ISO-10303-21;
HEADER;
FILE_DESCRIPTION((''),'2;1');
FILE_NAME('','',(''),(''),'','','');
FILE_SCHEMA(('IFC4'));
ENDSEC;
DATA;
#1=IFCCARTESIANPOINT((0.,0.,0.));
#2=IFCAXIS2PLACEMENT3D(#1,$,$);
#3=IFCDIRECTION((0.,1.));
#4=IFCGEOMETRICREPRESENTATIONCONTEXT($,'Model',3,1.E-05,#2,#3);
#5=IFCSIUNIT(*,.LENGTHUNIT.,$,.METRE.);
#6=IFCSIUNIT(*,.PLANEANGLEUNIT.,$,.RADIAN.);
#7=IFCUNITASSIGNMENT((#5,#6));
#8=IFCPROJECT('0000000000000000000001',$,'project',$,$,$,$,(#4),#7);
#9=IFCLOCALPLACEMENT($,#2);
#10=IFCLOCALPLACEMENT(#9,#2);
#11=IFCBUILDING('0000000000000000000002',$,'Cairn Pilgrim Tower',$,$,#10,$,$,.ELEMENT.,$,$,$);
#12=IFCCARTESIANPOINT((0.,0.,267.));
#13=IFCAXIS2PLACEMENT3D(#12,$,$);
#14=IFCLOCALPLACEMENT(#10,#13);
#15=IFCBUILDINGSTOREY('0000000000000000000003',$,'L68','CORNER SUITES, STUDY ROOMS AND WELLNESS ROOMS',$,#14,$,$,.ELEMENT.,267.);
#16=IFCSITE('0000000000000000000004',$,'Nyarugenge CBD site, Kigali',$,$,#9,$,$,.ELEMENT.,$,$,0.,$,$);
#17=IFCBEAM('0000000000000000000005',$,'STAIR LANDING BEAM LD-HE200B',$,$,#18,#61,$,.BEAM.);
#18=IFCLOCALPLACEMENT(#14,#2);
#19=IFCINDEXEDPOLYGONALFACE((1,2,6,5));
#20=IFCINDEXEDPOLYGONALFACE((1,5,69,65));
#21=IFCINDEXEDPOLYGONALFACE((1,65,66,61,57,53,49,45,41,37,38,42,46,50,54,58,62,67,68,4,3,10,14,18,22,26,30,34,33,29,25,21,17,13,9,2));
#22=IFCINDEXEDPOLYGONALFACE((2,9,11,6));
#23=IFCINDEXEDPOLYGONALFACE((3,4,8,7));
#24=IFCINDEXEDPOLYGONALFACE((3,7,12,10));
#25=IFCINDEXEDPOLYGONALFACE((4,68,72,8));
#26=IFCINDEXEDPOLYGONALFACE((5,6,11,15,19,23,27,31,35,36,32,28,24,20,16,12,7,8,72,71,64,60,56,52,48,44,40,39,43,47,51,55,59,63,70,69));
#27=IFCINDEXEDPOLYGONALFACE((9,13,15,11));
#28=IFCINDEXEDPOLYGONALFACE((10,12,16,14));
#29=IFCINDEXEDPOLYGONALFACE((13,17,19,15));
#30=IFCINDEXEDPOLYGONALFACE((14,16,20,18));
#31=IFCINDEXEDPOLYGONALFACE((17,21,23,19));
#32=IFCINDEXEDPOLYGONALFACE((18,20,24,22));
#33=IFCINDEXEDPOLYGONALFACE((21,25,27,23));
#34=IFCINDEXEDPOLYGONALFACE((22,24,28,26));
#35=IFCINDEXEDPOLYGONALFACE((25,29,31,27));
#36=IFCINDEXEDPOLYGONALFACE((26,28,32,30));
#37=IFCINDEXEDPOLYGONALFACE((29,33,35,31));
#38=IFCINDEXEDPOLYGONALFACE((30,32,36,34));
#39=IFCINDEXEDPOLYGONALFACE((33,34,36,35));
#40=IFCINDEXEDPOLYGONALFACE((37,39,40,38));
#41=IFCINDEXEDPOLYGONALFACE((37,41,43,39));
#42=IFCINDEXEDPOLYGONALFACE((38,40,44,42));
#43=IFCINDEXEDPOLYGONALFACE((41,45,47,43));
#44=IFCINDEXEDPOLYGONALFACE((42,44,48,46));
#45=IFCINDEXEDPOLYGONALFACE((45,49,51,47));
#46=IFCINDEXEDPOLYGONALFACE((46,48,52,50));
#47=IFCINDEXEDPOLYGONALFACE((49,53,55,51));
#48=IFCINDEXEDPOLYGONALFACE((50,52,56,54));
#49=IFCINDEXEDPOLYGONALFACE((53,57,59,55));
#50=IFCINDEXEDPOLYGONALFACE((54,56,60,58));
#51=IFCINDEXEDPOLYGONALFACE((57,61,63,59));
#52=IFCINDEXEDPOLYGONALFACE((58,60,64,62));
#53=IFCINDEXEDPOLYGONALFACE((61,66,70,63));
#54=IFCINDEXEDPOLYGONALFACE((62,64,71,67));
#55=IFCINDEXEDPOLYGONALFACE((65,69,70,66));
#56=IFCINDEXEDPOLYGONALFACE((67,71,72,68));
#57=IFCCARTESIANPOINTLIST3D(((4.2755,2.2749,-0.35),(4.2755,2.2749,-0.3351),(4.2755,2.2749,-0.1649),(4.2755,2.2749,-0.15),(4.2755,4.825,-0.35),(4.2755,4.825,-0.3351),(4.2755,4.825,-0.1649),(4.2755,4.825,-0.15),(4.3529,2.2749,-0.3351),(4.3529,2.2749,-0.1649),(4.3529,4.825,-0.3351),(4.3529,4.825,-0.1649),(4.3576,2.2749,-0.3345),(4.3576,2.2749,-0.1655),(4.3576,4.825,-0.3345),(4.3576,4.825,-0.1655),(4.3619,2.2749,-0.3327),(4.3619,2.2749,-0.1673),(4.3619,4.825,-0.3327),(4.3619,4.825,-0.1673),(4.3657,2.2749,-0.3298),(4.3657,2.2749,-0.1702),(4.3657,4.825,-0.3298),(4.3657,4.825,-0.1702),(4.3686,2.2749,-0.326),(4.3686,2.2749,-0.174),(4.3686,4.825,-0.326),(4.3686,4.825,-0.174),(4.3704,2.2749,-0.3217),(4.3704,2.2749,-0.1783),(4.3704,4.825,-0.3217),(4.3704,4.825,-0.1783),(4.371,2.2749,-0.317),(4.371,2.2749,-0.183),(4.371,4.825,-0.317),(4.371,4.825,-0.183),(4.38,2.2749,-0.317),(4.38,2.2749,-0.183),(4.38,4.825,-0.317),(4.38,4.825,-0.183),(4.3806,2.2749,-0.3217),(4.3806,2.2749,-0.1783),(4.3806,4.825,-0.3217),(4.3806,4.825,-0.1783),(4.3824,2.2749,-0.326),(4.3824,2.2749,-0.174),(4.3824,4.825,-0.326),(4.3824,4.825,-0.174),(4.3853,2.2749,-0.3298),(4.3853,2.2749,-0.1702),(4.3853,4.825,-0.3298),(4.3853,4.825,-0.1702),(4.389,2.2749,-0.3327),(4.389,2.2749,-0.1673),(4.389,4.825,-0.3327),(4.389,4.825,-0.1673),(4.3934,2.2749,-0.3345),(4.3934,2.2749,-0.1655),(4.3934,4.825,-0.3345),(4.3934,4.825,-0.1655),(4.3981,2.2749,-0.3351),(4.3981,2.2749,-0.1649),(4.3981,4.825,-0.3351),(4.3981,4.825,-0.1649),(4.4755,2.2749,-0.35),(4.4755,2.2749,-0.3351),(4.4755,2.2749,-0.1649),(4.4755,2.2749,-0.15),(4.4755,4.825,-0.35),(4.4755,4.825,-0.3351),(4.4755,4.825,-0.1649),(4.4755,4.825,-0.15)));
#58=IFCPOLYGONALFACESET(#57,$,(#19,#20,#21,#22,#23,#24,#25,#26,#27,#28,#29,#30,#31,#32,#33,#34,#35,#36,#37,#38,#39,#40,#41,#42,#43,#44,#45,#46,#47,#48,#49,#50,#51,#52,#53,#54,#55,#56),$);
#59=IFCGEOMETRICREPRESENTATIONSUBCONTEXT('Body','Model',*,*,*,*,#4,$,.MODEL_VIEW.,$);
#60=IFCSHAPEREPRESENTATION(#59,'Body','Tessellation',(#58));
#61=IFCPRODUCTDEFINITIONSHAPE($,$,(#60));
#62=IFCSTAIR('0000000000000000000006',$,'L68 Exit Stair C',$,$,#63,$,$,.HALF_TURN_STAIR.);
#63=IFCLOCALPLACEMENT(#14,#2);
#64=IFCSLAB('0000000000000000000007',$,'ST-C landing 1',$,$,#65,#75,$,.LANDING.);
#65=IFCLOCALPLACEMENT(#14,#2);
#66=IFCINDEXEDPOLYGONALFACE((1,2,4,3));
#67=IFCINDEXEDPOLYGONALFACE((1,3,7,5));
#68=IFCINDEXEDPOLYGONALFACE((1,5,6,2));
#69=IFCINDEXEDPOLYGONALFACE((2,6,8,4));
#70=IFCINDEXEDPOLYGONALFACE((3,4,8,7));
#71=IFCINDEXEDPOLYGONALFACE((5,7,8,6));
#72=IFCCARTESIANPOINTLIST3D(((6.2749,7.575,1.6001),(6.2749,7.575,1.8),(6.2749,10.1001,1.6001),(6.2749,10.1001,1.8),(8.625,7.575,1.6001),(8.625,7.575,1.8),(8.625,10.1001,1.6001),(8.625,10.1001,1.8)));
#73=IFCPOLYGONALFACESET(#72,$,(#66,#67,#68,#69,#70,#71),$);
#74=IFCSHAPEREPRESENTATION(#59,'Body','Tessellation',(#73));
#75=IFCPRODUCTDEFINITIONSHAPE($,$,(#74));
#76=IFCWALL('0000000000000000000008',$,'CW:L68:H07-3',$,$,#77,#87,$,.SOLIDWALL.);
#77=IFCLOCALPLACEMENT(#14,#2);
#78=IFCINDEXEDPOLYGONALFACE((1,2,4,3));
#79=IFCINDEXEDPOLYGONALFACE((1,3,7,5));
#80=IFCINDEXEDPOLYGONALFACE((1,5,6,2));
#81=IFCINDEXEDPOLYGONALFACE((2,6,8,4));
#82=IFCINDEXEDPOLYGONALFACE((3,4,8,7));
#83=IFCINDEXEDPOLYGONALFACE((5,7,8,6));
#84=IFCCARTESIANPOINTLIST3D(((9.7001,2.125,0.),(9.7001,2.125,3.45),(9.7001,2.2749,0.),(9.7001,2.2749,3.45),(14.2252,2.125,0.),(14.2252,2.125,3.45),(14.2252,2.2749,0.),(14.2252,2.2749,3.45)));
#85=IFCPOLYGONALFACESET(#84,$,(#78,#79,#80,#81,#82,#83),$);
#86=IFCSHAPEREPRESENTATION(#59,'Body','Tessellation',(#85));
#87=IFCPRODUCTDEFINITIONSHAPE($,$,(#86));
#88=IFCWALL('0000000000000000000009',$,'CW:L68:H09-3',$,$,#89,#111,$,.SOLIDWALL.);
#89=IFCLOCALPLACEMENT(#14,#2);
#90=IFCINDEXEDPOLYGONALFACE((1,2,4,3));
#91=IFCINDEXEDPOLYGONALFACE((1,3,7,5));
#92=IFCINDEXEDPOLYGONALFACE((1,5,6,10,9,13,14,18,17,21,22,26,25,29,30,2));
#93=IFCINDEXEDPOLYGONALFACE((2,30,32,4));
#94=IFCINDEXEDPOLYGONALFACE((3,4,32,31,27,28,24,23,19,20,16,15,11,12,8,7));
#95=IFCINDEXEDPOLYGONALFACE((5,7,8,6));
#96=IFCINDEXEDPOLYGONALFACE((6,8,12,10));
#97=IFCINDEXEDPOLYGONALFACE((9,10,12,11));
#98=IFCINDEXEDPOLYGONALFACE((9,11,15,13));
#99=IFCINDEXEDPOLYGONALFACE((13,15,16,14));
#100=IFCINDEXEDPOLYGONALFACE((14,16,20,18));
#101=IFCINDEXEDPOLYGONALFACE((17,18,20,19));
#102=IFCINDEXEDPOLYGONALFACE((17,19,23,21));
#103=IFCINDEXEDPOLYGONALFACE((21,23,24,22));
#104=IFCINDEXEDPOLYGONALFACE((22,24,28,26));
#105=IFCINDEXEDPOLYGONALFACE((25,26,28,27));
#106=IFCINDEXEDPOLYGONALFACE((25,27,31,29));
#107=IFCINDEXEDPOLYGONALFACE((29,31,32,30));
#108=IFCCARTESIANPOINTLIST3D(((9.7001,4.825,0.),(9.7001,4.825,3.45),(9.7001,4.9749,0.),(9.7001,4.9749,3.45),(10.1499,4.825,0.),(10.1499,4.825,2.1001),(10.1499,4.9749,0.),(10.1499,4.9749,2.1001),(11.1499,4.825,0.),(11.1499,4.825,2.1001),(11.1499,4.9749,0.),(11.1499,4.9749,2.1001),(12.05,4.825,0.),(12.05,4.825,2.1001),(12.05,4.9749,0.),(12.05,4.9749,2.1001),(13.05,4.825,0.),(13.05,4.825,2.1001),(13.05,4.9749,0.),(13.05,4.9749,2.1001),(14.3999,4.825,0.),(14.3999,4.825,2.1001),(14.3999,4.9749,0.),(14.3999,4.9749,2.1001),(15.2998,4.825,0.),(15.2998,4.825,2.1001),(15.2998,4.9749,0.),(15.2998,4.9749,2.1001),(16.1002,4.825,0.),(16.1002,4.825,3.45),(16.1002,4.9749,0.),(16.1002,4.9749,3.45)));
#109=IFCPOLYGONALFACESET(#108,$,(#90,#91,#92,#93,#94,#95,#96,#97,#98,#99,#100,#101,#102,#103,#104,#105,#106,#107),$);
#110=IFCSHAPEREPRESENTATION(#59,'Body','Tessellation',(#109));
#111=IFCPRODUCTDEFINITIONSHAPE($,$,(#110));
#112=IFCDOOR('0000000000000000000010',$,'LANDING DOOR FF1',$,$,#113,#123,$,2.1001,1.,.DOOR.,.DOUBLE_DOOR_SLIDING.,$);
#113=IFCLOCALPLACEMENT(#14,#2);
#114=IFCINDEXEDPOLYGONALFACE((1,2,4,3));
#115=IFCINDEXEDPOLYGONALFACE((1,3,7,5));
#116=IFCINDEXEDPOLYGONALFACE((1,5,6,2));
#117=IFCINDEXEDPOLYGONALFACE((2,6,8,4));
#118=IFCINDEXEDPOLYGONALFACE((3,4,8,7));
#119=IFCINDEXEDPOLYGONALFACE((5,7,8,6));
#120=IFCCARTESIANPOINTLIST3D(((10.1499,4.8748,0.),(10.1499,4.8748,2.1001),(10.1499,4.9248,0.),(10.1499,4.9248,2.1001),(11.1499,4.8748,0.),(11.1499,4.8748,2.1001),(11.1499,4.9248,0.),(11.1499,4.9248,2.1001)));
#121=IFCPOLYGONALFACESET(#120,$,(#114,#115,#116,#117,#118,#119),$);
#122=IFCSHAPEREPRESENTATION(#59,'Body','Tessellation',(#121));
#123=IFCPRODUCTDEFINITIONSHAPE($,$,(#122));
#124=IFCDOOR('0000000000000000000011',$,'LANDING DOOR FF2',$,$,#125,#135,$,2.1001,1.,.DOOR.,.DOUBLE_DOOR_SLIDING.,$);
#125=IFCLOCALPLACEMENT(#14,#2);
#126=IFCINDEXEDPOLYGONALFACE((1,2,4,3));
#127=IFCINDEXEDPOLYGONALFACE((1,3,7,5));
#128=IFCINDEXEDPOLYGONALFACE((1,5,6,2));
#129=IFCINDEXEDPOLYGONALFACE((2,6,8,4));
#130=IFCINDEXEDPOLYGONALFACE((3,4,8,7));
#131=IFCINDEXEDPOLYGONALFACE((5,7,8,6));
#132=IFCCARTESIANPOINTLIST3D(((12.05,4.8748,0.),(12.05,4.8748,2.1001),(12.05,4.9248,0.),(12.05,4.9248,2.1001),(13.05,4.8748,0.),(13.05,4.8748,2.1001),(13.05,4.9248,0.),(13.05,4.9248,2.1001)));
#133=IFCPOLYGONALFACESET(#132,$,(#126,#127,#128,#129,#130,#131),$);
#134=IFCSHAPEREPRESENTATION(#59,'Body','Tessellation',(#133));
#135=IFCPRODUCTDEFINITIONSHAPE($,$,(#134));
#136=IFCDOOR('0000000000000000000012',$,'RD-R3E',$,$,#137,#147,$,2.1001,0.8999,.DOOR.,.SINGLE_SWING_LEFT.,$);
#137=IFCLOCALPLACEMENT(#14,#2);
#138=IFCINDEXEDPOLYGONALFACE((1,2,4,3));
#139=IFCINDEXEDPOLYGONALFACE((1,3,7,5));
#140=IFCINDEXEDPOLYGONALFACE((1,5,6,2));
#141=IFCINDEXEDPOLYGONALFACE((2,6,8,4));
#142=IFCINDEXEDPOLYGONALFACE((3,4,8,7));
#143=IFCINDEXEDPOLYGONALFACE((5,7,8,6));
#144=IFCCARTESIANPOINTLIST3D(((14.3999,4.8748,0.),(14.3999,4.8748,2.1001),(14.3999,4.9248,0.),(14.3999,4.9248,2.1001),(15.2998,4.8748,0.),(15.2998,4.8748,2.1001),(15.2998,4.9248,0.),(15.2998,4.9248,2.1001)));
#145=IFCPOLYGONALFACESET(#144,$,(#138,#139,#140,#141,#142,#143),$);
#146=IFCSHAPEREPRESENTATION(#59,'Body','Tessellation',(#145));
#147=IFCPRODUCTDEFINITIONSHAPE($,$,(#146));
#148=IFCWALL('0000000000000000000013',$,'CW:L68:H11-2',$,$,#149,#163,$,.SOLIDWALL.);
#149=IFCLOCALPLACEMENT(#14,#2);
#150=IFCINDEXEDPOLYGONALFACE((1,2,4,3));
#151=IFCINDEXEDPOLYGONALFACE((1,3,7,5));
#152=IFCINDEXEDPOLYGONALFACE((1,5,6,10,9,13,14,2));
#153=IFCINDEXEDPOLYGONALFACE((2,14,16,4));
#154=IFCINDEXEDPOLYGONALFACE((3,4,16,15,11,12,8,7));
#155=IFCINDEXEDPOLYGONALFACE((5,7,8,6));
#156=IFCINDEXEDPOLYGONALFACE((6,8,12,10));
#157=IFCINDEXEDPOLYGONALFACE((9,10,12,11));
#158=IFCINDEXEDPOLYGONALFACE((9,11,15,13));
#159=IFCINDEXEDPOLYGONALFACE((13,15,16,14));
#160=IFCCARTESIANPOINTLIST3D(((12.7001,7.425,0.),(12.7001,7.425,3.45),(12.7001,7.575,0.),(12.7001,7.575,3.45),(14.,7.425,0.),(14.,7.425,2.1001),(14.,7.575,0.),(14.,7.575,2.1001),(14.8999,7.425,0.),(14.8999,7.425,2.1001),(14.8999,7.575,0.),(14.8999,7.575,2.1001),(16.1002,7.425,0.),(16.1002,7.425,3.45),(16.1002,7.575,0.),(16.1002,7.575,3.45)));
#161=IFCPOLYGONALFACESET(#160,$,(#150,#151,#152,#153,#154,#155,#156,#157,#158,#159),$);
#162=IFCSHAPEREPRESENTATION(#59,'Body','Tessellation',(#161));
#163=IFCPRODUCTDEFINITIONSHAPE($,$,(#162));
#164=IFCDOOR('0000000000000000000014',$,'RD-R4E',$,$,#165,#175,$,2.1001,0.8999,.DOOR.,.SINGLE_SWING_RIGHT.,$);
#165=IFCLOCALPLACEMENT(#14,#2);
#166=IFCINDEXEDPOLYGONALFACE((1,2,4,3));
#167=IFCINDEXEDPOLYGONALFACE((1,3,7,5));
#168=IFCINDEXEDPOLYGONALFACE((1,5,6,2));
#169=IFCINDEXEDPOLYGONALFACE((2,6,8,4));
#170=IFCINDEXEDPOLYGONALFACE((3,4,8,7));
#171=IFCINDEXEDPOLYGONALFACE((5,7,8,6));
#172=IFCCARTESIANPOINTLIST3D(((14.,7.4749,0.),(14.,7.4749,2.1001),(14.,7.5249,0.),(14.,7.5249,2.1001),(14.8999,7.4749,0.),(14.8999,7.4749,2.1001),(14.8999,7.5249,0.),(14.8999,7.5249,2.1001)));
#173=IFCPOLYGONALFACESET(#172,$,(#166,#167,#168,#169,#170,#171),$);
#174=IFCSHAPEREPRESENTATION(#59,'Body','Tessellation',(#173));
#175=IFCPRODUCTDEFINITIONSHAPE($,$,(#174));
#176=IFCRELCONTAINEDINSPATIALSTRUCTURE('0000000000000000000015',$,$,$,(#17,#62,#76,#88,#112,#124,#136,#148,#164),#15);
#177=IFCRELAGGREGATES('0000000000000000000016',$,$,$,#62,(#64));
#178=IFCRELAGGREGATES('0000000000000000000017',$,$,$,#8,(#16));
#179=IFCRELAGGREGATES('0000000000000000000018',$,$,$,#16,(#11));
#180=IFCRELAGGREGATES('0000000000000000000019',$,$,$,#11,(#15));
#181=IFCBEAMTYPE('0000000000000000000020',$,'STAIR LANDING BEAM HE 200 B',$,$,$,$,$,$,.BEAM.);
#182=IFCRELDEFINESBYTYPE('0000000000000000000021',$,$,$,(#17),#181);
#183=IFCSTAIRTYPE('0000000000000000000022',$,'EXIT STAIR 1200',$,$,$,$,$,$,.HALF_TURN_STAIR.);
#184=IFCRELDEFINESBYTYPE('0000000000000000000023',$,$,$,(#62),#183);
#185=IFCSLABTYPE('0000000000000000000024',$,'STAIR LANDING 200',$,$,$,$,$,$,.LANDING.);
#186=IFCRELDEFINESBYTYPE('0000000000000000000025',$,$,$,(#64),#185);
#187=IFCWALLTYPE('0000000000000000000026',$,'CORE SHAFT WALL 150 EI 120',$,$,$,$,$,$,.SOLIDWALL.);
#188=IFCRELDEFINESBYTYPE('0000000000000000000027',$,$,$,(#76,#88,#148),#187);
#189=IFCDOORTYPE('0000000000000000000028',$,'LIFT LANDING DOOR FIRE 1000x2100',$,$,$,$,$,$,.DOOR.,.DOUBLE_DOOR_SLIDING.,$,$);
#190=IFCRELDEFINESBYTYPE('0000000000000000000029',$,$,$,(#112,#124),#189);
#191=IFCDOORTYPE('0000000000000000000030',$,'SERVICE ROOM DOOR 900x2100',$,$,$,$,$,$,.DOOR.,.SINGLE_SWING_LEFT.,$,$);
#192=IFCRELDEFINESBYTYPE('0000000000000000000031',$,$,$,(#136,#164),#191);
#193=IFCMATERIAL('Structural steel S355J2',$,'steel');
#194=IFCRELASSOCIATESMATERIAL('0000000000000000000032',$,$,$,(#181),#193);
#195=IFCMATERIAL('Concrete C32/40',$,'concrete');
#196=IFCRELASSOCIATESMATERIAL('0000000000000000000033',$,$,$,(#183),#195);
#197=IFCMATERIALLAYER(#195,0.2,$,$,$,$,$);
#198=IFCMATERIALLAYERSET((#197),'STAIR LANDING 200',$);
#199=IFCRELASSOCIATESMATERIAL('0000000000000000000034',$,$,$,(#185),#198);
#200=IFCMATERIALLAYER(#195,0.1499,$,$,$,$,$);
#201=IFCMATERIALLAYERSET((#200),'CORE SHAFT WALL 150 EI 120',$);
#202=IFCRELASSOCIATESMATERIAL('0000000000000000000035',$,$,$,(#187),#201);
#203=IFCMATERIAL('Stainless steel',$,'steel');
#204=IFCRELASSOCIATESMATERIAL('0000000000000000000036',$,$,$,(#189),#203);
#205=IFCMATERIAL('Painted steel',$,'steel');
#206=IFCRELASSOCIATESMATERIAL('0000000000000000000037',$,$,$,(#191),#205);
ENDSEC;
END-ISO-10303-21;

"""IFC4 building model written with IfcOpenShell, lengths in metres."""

from ifc_helpers import new_model, si_unit, direction, frame, frame_2d, origin, origin_2d, place, context, subcontext, project, spatial, polyline, rectangle, i_section, outline, extrude, material, layer, layer_set, material_profile, profile_set, type_object, element, fill, aggregate, save


model = new_model("IFC4")

# Units and contexts
model_context = context("Model", 3, precision=1e-05, world=origin(), true_north=direction((0.0, 1.0)))
body_context = subcontext(model_context, "Body", "Model", "MODEL_VIEW")
ifc_project = project(units=[si_unit("LENGTHUNIT", "METRE"), si_unit("PLANEANGLEUNIT", "RADIAN")], contexts=[model_context])

# Site, building, storey
site_placement = place(None, origin())
site = spatial("IfcSite", under=ifc_project, at=site_placement, Name="Nyarugenge CBD site, Kigali", CompositionType="ELEMENT", RefElevation=0.0)
building_placement = place(site_placement, origin())
building = spatial("IfcBuilding", under=site, at=building_placement, Name="Cairn Pilgrim Tower", CompositionType="ELEMENT")
storey_placement = place(building_placement, frame((0.0, 0.0, 267.0)))
storey = spatial("IfcBuildingStorey", under=building, at=storey_placement, Name="L68", Description="CORNER SUITES, STUDY ROOMS AND WELLNESS ROOMS", CompositionType="ELEMENT", Elevation=267.0)

# Beam
ifc_material_1 = material(Name="Structural steel S355J2", Category="steel")
ifc_material_profile = material_profile(ifc_material_1, i_section(OverallWidth=0.2, OverallDepth=0.2, WebThickness=0.009, FlangeThickness=0.0149, FilletRadius=0.0181, at=origin_2d()), Name="HE 200 B")
ifc_profile_set = profile_set([ifc_material_profile], Name="Structural steel S355J2")
beam_type = type_object("IfcBeamType", Name="STAIR LANDING BEAM HE 200 B", PredefinedType="BEAM", material=ifc_profile_set)
beam_placement = place(storey_placement, frame((4.3755, 2.2749, -0.25), z_axis=(0.0, 1.0, 0.0), x_axis=(-1.0, 0.0, 0.0)))
element("IfcBeam", 1, at=beam_placement, inside=storey, type_object=beam_type, Name="STAIR LANDING BEAM LD-HE200B", PredefinedType="BEAM", context=body_context, shape_type="SweptSolid", body=[
    extrude(i_section(OverallWidth=0.2, OverallDepth=0.2, WebThickness=0.009, FlangeThickness=0.0149, FilletRadius=0.0181, at=origin_2d()), origin(), (0.0, 0.0, 1.0), 2.55),
])

# Stair, slab
ifc_material_2 = material(Name="Concrete C32/40", Category="concrete")
stair_type = type_object("IfcStairType", Name="EXIT STAIR 1200", PredefinedType="HALF_TURN_STAIR", material=ifc_material_2)
stair_1_placement = place(storey_placement, origin())
stair_1 = element("IfcStair", 2, at=stair_1_placement, inside=storey, type_object=stair_type, Name="L68 Exit Stair C", PredefinedType="HALF_TURN_STAIR")
ifc_layer_1 = layer(ifc_material_2, 0.2)
ifc_layer_set_1 = layer_set([ifc_layer_1], Name="STAIR LANDING 200")
slab_type = type_object("IfcSlabType", Name="STAIR LANDING 200", PredefinedType="LANDING", material=ifc_layer_set_1)
slab_placement = place(storey_placement, frame((0.0, 0.0, 1.6001)))
slab = element("IfcSlab", 3, at=slab_placement, type_object=slab_type, Name="ST-C landing 1", PredefinedType="LANDING", context=body_context, shape_type="SweptSolid", body=[
    extrude(outline(polyline([(8.625, 10.1001), (6.2749, 10.1001), (6.2749, 7.575), (8.625, 7.575), (8.625, 10.1001)])), origin(), (0.0, 0.0, 1.0), 0.2),
])

# Wall
ifc_layer_2 = layer(ifc_material_2, 0.1499)
ifc_layer_set_2 = layer_set([ifc_layer_2], Name="CORE SHAFT WALL 150 EI 120")
wall_type_1 = type_object("IfcWallType", Name="CORE SHAFT WALL 150 EI 120", PredefinedType="SOLIDWALL", material=ifc_layer_set_2)
wall_1_placement = place(storey_placement, frame((9.7, 2.2, 0.0), z_axis=(0.0, 0.0, 1.0), x_axis=(1.0, 0.0, 0.0)))
element("IfcWall", 4, at=wall_1_placement, inside=storey, type_object=wall_type_1, Name="CW:L68:H07-3", PredefinedType="SOLIDWALL", context=body_context, shape_type="SweptSolid", body=[
    extrude(rectangle(XDim=4.5251, YDim=0.1499, at=frame_2d((2.2627, 0.0))), origin(), (0.0, 0.0, 1.0), 3.45),
])

# Wall, openings, doors
wall_2_placement = place(storey_placement, frame((9.7, 4.8999, 0.0), z_axis=(0.0, 0.0, 1.0), x_axis=(1.0, 0.0, 0.0)))
wall_2 = element("IfcWall", 5, at=wall_2_placement, inside=storey, type_object=wall_type_1, Name="CW:L68:H09-3", PredefinedType="SOLIDWALL", context=body_context, shape_type="SweptSolid", body=[
    extrude(rectangle(XDim=6.4001, YDim=0.1499, at=frame_2d((3.2002, 0.0))), origin(), (0.0, 0.0, 1.0), 3.45),
])
opening_1_placement = place(wall_2_placement, frame((0.45, 0.0, 0.0)))
opening_1 = element("IfcOpeningElement", 6, at=opening_1_placement, cuts=wall_2, PredefinedType="OPENING", context=body_context, shape_type="SweptSolid", body=[
    extrude(rectangle(XDim=1.0, YDim=2.1001, at=frame_2d((0.5, 1.05))), frame((0.0, 0.085, 0.0), z_axis=(0.0, -1.0, 0.0), x_axis=(1.0, 0.0, 0.0)), (0.0, 0.0, 1.0), 0.1699),
])
opening_2_placement = place(wall_2_placement, frame((2.3501, 0.0, 0.0)))
opening_2 = element("IfcOpeningElement", 7, at=opening_2_placement, cuts=wall_2, PredefinedType="OPENING", context=body_context, shape_type="SweptSolid", body=[
    extrude(rectangle(XDim=1.0, YDim=2.1001, at=frame_2d((0.5, 1.05))), frame((0.0, 0.085, 0.0), z_axis=(0.0, -1.0, 0.0), x_axis=(1.0, 0.0, 0.0)), (0.0, 0.0, 1.0), 0.1699),
])
opening_3_placement = place(wall_2_placement, frame((4.7, 0.0, 0.0)))
opening_3 = element("IfcOpeningElement", 8, at=opening_3_placement, cuts=wall_2, PredefinedType="OPENING", context=body_context, shape_type="SweptSolid", body=[
    extrude(rectangle(XDim=0.8999, YDim=2.1001, at=frame_2d((0.45, 1.05))), frame((0.0, 0.085, 0.0), z_axis=(0.0, -1.0, 0.0), x_axis=(1.0, 0.0, 0.0)), (0.0, 0.0, 1.0), 0.1699),
])
ifc_material_3 = material(Name="Stainless steel", Category="steel")
door_type_1 = type_object("IfcDoorType", Name="LIFT LANDING DOOR FIRE 1000x2100", OperationType="DOUBLE_DOOR_SLIDING", PredefinedType="DOOR", material=ifc_material_3)
door_1_placement = place(opening_1_placement, origin())
door_1 = element("IfcDoor", 9, at=door_1_placement, inside=storey, type_object=door_type_1, Name="LANDING DOOR FF1", OperationType="DOUBLE_DOOR_SLIDING", OverallHeight=2.1001, OverallWidth=1.0, PredefinedType="DOOR", context=body_context, shape_type="SweptSolid", body=[
    extrude(rectangle(XDim=1.0, YDim=2.1001, at=frame_2d((0.5, 1.05))), frame((0.0, 0.0249, 0.0), z_axis=(0.0, -1.0, 0.0), x_axis=(1.0, 0.0, 0.0)), (0.0, 0.0, 1.0), 0.05),
])
fill(opening_1, door_1)
door_2_placement = place(opening_2_placement, origin())
door_2 = element("IfcDoor", 10, at=door_2_placement, inside=storey, type_object=door_type_1, Name="LANDING DOOR FF2", OperationType="DOUBLE_DOOR_SLIDING", OverallHeight=2.1001, OverallWidth=1.0, PredefinedType="DOOR", context=body_context, shape_type="SweptSolid", body=[
    extrude(rectangle(XDim=1.0, YDim=2.1001, at=frame_2d((0.5, 1.05))), frame((0.0, 0.0249, 0.0), z_axis=(0.0, -1.0, 0.0), x_axis=(1.0, 0.0, 0.0)), (0.0, 0.0, 1.0), 0.05),
])
fill(opening_2, door_2)
ifc_material_4 = material(Name="Painted steel", Category="steel")
door_type_2 = type_object("IfcDoorType", Name="SERVICE ROOM DOOR 900x2100", OperationType="SINGLE_SWING_LEFT", PredefinedType="DOOR", material=ifc_material_4)
door_3_placement = place(opening_3_placement, origin())
door_3 = element("IfcDoor", 11, at=door_3_placement, inside=storey, type_object=door_type_2, Name="RD-R3E", OperationType="SINGLE_SWING_LEFT", OverallHeight=2.1001, OverallWidth=0.8999, PredefinedType="DOOR", context=body_context, shape_type="SweptSolid", body=[
    extrude(rectangle(XDim=0.8999, YDim=2.1001, at=frame_2d((0.45, 1.05))), frame((0.0, 0.0249, 0.0), z_axis=(0.0, -1.0, 0.0), x_axis=(1.0, 0.0, 0.0)), (0.0, 0.0, 1.0), 0.05),
])
fill(opening_3, door_3)

# Wall, opening, door
wall_3_placement = place(storey_placement, frame((12.7, 7.5, 0.0), z_axis=(0.0, 0.0, 1.0), x_axis=(1.0, 0.0, 0.0)))
wall_3 = element("IfcWall", 12, at=wall_3_placement, inside=storey, type_object=wall_type_1, Name="CW:L68:H11-2", PredefinedType="SOLIDWALL", context=body_context, shape_type="SweptSolid", body=[
    extrude(rectangle(XDim=3.4001, YDim=0.1499, at=frame_2d((1.7002, 0.0))), origin(), (0.0, 0.0, 1.0), 3.45),
])
opening_4_placement = place(wall_3_placement, frame((1.3, 0.0, 0.0)))
opening_4 = element("IfcOpeningElement", 13, at=opening_4_placement, cuts=wall_3, PredefinedType="OPENING", context=body_context, shape_type="SweptSolid", body=[
    extrude(rectangle(XDim=0.8999, YDim=2.1001, at=frame_2d((0.45, 1.05))), frame((0.0, 0.085, 0.0), z_axis=(0.0, -1.0, 0.0), x_axis=(1.0, 0.0, 0.0)), (0.0, 0.0, 1.0), 0.1699),
])
door_4_placement = place(opening_4_placement, origin())
door_4 = element("IfcDoor", 14, at=door_4_placement, inside=storey, type_object=door_type_2, Name="RD-R4E", OperationType="SINGLE_SWING_RIGHT", OverallHeight=2.1001, OverallWidth=0.8999, PredefinedType="DOOR", context=body_context, shape_type="SweptSolid", body=[
    extrude(rectangle(XDim=0.8999, YDim=2.1001, at=frame_2d((0.45, 1.05))), frame((0.0, 0.0249, 0.0), z_axis=(0.0, -1.0, 0.0), x_axis=(1.0, 0.0, 0.0)), (0.0, 0.0, 1.0), 0.05),
])
fill(opening_4, door_4)

aggregate(stair_1, [slab])

save(model, "model.ifc")
